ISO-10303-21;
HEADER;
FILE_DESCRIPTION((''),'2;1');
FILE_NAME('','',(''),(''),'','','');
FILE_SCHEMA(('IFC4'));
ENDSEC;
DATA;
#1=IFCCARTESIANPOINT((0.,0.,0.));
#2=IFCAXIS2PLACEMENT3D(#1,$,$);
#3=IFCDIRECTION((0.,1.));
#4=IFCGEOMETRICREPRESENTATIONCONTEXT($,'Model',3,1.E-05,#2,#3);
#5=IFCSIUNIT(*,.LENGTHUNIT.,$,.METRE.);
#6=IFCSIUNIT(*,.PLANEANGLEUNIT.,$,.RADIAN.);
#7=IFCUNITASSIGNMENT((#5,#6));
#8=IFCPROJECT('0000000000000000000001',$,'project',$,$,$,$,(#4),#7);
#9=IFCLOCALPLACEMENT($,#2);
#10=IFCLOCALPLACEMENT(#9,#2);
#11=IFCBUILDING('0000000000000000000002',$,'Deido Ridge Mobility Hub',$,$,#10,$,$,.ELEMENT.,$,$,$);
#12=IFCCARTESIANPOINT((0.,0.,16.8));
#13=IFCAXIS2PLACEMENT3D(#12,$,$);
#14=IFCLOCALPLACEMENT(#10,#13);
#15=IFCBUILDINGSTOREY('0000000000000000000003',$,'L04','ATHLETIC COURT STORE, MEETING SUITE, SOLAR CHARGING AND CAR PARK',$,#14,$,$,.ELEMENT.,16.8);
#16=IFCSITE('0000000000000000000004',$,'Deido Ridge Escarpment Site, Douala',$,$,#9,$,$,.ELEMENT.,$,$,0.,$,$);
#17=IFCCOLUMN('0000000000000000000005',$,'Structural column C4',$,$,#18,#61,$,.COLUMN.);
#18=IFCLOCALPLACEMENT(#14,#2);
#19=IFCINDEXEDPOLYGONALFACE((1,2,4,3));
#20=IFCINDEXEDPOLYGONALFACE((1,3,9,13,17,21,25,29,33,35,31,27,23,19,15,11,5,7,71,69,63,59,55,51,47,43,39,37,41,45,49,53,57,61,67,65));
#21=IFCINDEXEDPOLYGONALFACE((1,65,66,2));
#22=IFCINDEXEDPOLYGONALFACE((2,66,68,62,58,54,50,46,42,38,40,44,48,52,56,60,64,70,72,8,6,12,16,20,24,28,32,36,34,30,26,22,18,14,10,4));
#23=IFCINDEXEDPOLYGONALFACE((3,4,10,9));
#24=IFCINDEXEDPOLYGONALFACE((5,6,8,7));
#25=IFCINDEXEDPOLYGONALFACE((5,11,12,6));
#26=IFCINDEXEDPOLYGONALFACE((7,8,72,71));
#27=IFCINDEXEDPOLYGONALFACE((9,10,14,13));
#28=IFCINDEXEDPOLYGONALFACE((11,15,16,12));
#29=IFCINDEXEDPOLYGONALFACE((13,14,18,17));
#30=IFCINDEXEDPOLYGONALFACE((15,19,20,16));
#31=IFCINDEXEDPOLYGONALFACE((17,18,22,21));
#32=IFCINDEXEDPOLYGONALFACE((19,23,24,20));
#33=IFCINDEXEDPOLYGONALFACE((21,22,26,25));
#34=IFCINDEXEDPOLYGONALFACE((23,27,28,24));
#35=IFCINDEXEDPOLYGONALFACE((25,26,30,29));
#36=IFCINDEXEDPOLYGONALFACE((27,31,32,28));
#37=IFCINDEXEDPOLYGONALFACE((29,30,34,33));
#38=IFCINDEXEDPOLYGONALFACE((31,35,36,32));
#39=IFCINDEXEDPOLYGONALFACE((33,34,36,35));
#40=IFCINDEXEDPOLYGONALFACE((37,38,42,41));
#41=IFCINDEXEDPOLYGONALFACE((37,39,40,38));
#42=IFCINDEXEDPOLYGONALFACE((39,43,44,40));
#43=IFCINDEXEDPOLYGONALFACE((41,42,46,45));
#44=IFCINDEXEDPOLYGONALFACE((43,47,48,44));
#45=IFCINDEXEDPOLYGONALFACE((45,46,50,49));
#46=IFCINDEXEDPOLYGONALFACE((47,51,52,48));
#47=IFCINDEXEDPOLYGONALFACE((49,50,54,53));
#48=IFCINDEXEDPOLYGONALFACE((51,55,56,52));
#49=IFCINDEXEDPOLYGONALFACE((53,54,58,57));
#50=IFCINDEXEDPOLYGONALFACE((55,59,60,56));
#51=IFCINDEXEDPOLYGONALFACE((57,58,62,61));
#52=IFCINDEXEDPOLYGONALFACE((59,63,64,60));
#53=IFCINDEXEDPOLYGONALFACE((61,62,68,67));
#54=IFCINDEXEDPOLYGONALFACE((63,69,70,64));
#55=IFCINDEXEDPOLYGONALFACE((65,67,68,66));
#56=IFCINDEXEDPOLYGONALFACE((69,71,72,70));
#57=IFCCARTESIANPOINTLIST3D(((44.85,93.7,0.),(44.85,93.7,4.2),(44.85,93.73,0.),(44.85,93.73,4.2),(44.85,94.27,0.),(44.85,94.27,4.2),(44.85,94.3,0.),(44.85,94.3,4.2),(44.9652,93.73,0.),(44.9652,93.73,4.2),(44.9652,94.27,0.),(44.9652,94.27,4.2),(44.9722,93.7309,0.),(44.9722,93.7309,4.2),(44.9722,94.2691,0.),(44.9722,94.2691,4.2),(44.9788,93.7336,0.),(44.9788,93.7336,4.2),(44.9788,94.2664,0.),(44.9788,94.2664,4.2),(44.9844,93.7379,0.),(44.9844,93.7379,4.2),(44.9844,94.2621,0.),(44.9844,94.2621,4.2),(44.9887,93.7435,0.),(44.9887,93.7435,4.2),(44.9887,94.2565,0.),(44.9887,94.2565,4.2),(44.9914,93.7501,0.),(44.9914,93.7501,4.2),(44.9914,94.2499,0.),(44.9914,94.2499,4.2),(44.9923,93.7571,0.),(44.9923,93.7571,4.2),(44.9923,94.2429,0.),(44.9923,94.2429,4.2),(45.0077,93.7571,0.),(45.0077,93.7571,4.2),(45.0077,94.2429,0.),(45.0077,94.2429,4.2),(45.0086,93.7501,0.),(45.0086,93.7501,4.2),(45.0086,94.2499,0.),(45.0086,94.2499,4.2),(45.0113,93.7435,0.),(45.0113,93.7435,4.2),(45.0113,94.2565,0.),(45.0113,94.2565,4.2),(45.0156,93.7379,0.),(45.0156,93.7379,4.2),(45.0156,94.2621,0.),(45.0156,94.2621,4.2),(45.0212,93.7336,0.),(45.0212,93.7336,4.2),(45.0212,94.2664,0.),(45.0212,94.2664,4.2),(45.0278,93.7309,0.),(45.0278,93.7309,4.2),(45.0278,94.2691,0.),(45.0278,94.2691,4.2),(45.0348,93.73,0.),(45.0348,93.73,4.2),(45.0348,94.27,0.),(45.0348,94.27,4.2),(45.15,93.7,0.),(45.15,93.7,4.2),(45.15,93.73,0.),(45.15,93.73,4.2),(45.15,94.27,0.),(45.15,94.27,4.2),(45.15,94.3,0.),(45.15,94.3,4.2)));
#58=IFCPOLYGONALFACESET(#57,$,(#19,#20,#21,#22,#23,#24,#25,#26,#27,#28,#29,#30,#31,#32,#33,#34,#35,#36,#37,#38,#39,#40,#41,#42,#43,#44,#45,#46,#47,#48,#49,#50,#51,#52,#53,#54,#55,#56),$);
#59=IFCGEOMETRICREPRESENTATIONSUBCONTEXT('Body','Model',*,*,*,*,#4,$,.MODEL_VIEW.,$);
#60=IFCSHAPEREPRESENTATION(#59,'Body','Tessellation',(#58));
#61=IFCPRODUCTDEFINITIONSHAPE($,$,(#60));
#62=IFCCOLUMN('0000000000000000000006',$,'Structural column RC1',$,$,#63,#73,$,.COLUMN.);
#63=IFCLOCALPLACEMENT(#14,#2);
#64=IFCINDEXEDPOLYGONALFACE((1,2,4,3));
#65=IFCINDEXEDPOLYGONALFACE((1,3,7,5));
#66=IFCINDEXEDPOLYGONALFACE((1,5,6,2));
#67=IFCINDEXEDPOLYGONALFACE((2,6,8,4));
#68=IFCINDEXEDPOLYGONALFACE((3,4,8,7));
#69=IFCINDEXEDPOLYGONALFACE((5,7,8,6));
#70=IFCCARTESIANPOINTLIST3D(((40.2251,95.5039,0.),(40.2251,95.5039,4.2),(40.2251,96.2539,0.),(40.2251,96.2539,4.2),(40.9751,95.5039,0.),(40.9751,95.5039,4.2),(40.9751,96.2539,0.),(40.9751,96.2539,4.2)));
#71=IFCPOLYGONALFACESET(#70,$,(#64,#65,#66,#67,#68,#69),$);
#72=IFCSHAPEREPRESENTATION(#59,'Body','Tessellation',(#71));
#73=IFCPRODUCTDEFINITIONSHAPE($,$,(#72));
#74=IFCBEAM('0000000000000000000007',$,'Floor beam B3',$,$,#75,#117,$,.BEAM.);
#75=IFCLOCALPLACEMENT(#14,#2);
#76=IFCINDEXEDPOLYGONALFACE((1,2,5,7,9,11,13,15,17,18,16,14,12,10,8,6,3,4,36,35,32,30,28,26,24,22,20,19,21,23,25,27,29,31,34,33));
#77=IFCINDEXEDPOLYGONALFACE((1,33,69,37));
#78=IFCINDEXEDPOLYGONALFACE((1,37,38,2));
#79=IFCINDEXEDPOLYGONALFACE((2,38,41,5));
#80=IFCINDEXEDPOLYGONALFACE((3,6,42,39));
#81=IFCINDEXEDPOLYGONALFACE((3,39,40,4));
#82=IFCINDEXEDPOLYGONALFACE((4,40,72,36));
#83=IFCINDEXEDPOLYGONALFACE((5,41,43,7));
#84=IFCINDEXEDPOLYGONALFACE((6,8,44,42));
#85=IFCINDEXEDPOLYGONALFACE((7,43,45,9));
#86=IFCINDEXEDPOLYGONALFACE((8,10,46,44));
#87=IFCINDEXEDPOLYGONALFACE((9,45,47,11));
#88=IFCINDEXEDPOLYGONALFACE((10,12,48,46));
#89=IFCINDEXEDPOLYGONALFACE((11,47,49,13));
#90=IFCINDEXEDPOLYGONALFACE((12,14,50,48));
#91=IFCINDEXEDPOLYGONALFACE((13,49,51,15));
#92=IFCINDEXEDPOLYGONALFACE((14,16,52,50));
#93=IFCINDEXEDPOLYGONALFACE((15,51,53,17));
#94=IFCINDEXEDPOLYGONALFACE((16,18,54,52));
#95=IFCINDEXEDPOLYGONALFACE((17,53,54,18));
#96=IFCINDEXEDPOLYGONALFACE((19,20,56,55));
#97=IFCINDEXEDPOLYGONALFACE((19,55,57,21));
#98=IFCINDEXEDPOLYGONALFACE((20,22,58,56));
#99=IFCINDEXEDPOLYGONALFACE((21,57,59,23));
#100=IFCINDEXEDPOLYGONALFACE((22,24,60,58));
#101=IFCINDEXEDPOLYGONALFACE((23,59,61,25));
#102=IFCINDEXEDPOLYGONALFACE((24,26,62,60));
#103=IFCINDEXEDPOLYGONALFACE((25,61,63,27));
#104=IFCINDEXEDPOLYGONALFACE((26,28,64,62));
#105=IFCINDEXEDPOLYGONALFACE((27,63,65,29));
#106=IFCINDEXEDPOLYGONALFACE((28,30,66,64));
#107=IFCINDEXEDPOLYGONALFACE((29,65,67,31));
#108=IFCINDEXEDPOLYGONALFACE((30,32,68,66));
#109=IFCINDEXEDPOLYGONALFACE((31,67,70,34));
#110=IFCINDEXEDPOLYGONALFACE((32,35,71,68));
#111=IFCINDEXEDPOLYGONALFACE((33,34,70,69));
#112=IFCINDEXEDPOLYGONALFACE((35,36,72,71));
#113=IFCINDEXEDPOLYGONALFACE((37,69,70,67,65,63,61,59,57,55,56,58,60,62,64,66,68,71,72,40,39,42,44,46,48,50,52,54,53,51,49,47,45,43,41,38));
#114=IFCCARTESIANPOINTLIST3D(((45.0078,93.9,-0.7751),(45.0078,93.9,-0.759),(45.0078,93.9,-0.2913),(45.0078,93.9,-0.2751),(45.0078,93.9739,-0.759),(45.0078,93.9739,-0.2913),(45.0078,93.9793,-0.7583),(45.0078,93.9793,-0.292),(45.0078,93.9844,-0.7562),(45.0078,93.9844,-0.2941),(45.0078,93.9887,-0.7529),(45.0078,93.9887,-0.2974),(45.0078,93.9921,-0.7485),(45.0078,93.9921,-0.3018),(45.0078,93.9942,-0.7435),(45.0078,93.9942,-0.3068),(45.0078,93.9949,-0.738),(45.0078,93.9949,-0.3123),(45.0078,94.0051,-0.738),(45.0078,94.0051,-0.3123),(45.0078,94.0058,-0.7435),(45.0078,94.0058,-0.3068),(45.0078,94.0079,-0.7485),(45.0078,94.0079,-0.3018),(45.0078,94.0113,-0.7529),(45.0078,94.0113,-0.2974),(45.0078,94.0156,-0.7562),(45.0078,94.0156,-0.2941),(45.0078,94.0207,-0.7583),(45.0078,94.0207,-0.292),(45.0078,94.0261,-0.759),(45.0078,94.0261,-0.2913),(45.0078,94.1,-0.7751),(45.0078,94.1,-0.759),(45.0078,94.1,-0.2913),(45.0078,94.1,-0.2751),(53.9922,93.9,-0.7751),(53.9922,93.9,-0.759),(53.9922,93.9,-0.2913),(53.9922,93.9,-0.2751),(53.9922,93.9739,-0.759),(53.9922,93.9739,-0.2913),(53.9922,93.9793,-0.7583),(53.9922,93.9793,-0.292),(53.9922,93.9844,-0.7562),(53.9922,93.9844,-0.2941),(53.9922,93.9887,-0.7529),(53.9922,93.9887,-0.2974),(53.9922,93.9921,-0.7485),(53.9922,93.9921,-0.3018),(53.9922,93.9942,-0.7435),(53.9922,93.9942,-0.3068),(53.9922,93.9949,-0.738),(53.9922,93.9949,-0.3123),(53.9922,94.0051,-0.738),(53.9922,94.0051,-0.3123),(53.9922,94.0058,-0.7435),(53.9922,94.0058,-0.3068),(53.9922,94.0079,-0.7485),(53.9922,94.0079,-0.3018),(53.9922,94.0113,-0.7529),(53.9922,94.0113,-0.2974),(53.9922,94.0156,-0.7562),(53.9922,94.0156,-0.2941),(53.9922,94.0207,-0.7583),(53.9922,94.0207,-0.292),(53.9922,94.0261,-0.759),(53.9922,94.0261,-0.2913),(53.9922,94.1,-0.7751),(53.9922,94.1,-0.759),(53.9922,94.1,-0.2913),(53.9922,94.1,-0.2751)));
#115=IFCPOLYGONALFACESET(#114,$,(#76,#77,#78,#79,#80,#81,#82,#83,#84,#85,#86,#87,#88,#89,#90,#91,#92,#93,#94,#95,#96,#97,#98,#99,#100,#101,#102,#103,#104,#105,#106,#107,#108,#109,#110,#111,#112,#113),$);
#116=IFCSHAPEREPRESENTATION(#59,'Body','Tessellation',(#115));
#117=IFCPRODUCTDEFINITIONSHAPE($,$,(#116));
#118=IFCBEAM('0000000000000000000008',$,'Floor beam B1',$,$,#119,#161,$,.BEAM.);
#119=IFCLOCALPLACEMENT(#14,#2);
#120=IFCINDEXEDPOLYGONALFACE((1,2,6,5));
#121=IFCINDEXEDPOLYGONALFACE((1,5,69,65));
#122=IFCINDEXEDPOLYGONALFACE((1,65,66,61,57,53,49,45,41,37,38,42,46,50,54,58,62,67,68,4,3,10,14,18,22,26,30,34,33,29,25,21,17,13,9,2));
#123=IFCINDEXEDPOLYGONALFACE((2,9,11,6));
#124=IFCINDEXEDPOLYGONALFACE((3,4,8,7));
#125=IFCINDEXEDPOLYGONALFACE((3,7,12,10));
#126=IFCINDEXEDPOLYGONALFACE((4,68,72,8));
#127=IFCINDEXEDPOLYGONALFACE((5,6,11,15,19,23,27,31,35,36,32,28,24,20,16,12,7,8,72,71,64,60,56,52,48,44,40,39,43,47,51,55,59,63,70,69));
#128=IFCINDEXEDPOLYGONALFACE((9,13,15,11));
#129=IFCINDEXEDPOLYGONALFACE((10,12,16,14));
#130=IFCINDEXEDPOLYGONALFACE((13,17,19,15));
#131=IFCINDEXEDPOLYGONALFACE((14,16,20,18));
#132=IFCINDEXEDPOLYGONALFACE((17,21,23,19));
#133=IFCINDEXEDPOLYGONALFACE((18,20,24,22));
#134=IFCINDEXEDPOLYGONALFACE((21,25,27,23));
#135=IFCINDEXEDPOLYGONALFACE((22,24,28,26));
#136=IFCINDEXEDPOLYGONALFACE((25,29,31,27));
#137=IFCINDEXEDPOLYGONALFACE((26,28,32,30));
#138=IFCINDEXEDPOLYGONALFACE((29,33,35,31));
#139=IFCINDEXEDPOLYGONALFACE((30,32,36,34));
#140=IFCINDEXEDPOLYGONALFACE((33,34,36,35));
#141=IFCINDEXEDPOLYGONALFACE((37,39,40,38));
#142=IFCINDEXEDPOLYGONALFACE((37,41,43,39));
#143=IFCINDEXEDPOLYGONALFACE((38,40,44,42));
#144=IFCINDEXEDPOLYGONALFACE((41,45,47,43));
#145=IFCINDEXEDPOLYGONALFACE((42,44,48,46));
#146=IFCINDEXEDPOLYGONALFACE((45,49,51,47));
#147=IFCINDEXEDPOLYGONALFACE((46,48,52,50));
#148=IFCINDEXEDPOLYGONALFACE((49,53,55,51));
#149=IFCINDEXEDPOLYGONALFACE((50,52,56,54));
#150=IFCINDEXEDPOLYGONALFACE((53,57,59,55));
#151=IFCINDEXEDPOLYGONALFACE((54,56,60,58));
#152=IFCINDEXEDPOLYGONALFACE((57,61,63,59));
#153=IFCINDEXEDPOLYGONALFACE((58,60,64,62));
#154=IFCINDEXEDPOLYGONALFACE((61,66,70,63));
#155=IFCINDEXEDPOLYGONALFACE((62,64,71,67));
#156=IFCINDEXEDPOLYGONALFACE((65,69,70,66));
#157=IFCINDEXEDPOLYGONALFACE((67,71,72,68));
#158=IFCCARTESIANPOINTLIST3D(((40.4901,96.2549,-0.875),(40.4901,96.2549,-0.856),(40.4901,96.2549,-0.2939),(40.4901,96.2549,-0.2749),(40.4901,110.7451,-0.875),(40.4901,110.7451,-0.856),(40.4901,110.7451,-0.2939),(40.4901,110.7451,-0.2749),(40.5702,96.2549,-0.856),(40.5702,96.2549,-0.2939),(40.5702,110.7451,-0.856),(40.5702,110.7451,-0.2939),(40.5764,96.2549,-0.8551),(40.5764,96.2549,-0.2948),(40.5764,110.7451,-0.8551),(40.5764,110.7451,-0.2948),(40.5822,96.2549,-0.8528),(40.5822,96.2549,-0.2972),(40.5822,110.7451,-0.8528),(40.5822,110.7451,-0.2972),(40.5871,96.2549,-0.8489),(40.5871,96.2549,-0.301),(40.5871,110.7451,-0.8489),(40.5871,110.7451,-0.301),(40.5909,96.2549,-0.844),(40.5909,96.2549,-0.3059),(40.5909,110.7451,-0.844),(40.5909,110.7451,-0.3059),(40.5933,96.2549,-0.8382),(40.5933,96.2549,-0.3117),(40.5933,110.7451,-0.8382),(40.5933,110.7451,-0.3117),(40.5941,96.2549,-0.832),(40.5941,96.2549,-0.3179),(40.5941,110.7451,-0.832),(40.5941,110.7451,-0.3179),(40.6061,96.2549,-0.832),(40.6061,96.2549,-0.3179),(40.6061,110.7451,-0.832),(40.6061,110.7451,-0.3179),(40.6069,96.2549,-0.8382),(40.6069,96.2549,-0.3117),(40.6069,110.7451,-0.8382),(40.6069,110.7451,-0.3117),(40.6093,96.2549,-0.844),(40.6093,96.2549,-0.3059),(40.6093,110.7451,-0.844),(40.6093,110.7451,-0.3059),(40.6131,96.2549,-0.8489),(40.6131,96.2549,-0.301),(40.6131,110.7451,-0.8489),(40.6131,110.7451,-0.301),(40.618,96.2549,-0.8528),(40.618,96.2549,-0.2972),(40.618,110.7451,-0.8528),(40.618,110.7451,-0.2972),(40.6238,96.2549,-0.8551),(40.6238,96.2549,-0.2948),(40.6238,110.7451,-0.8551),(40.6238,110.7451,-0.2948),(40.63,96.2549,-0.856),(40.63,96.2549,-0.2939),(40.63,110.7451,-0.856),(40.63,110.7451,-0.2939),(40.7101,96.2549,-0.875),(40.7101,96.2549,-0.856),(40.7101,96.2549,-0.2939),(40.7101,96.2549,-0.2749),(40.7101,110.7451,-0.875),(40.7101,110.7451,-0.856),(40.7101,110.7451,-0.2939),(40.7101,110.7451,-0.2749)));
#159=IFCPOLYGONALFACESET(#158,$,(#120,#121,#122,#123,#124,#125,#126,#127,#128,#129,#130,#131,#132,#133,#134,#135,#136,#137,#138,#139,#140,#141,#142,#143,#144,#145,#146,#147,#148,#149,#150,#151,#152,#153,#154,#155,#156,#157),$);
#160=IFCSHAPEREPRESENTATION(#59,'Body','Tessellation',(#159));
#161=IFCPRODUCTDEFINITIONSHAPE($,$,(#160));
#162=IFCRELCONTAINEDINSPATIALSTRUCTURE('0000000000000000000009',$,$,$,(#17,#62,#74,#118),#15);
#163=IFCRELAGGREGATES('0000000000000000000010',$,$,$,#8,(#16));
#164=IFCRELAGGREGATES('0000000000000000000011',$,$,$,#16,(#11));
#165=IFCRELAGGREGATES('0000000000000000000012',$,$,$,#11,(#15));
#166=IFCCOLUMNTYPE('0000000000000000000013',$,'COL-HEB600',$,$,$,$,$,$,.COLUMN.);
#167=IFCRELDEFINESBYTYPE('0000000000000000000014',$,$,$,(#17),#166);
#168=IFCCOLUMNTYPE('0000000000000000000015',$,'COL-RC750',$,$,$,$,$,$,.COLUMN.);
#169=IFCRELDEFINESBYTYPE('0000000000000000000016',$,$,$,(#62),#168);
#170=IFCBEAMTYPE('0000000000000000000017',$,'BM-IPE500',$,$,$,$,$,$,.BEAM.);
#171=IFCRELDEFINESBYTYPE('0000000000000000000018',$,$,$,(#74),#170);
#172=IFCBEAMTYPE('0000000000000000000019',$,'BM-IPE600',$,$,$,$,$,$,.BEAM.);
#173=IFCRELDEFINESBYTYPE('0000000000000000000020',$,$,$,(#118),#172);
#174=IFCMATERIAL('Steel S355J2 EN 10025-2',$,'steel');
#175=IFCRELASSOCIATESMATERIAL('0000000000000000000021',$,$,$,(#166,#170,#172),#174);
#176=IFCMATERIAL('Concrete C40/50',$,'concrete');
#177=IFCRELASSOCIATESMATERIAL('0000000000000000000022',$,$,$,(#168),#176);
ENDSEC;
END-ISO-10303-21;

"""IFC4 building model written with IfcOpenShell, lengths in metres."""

from ifc_helpers import new_model, si_unit, direction, frame, origin, origin_2d, place, context, subcontext, project, spatial, rectangle, i_section, extrude, material, material_profile, profile_set, type_object, element, save


model = new_model("IFC4")

# Units and contexts
model_context = context("Model", 3, precision=1e-05, world=origin(), true_north=direction((0.0, 1.0)))
body_context = subcontext(model_context, "Body", "Model", "MODEL_VIEW")
ifc_project = project(units=[si_unit("LENGTHUNIT", "METRE"), si_unit("PLANEANGLEUNIT", "RADIAN")], contexts=[model_context])

# Site, building, storey
site_placement = place(None, origin())
site = spatial("IfcSite", under=ifc_project, at=site_placement, Name="Deido Ridge Escarpment Site, Douala", CompositionType="ELEMENT", RefElevation=0.0)
building_placement = place(site_placement, origin())
building = spatial("IfcBuilding", under=site, at=building_placement, Name="Deido Ridge Mobility Hub", CompositionType="ELEMENT")
storey_placement = place(building_placement, frame((0.0, 0.0, 16.8)))
storey = spatial("IfcBuildingStorey", under=building, at=storey_placement, Name="L04", Description="ATHLETIC COURT STORE, MEETING SUITE, SOLAR CHARGING AND CAR PARK", CompositionType="ELEMENT", Elevation=16.8)

# Columns
ifc_material_1 = material(Name="Steel S355J2 EN 10025-2", Category="steel")
ifc_material_profile_1 = material_profile(ifc_material_1, i_section(OverallWidth=0.3, OverallDepth=0.6001, WebThickness=0.0154, FlangeThickness=0.03, FilletRadius=0.0271, at=origin_2d()), Name="HEB 600")
ifc_profile_set_1 = profile_set([ifc_material_profile_1], Name="Steel S355J2 EN 10025-2")
column_type_1 = type_object("IfcColumnType", Name="COL-HEB600", PredefinedType="COLUMN", material=ifc_profile_set_1)
column_1_placement = place(storey_placement, frame((45.0, 94.0, 0.0), z_axis=(0.0, 0.0, 1.0), x_axis=(1.0, 0.0, 0.0)))
element("IfcColumn", 1, at=column_1_placement, inside=storey, type_object=column_type_1, Name="Structural column C4", PredefinedType="COLUMN", context=body_context, shape_type="SweptSolid", body=[
    extrude(i_section(OverallWidth=0.3, OverallDepth=0.6001, WebThickness=0.0154, FlangeThickness=0.03, FilletRadius=0.0271, at=origin_2d()), origin(), (0.0, 0.0, 1.0), 4.2),
])
ifc_material_2 = material(Name="Concrete C40/50", Category="concrete")
ifc_material_profile_2 = material_profile(ifc_material_2, rectangle(XDim=0.75, YDim=0.75, at=origin_2d()), Name="RC COL 750x750")
ifc_profile_set_2 = profile_set([ifc_material_profile_2], Name="Concrete C40/50")
column_type_2 = type_object("IfcColumnType", Name="COL-RC750", PredefinedType="COLUMN", material=ifc_profile_set_2)
column_2_placement = place(storey_placement, frame((40.6001, 95.8789, 0.0), z_axis=(0.0, 0.0, 1.0), x_axis=(1.0, 0.0, 0.0)))
element("IfcColumn", 2, at=column_2_placement, inside=storey, type_object=column_type_2, Name="Structural column RC1", PredefinedType="COLUMN", context=body_context, shape_type="SweptSolid", body=[
    extrude(rectangle(XDim=0.75, YDim=0.75, at=origin_2d()), origin(), (0.0, 0.0, 1.0), 4.2),
])

# Beams
ifc_material_profile_3 = material_profile(ifc_material_1, i_section(OverallWidth=0.2, OverallDepth=0.5, WebThickness=0.0103, FlangeThickness=0.0161, FilletRadius=0.021, at=origin_2d()), Name="IPE 500")
ifc_profile_set_3 = profile_set([ifc_material_profile_3], Name="Steel S355J2 EN 10025-2")
beam_type_1 = type_object("IfcBeamType", Name="BM-IPE500", PredefinedType="BEAM", material=ifc_profile_set_3)
beam_1_placement = place(storey_placement, frame((45.0078, 94.0, -0.5251), z_axis=(1.0, 0.0, 0.0), x_axis=(0.0, 1.0, 0.0)))
element("IfcBeam", 3, at=beam_1_placement, inside=storey, type_object=beam_type_1, Name="Floor beam B3", PredefinedType="BEAM", context=body_context, shape_type="SweptSolid", body=[
    extrude(i_section(OverallWidth=0.2, OverallDepth=0.5, WebThickness=0.0103, FlangeThickness=0.0161, FilletRadius=0.021, at=origin_2d()), origin(), (0.0, 0.0, 1.0), 8.9844),
])
ifc_material_profile_4 = material_profile(ifc_material_1, i_section(OverallWidth=0.22, OverallDepth=0.6001, WebThickness=0.012, FlangeThickness=0.019, FilletRadius=0.0239, at=origin_2d()), Name="IPE 600")
ifc_profile_set_4 = profile_set([ifc_material_profile_4], Name="Steel S355J2 EN 10025-2")
beam_type_2 = type_object("IfcBeamType", Name="BM-IPE600", PredefinedType="BEAM", material=ifc_profile_set_4)
beam_2_placement = place(storey_placement, frame((40.6001, 96.2549, -0.575), z_axis=(0.0, 1.0, 0.0), x_axis=(-1.0, 0.0, 0.0)))
element("IfcBeam", 4, at=beam_2_placement, inside=storey, type_object=beam_type_2, Name="Floor beam B1", PredefinedType="BEAM", context=body_context, shape_type="SweptSolid", body=[
    extrude(i_section(OverallWidth=0.22, OverallDepth=0.6001, WebThickness=0.012, FlangeThickness=0.019, FilletRadius=0.0239, at=origin_2d()), origin(), (0.0, 0.0, 1.0), 14.4902),
])

save(model, "model.ifc")
